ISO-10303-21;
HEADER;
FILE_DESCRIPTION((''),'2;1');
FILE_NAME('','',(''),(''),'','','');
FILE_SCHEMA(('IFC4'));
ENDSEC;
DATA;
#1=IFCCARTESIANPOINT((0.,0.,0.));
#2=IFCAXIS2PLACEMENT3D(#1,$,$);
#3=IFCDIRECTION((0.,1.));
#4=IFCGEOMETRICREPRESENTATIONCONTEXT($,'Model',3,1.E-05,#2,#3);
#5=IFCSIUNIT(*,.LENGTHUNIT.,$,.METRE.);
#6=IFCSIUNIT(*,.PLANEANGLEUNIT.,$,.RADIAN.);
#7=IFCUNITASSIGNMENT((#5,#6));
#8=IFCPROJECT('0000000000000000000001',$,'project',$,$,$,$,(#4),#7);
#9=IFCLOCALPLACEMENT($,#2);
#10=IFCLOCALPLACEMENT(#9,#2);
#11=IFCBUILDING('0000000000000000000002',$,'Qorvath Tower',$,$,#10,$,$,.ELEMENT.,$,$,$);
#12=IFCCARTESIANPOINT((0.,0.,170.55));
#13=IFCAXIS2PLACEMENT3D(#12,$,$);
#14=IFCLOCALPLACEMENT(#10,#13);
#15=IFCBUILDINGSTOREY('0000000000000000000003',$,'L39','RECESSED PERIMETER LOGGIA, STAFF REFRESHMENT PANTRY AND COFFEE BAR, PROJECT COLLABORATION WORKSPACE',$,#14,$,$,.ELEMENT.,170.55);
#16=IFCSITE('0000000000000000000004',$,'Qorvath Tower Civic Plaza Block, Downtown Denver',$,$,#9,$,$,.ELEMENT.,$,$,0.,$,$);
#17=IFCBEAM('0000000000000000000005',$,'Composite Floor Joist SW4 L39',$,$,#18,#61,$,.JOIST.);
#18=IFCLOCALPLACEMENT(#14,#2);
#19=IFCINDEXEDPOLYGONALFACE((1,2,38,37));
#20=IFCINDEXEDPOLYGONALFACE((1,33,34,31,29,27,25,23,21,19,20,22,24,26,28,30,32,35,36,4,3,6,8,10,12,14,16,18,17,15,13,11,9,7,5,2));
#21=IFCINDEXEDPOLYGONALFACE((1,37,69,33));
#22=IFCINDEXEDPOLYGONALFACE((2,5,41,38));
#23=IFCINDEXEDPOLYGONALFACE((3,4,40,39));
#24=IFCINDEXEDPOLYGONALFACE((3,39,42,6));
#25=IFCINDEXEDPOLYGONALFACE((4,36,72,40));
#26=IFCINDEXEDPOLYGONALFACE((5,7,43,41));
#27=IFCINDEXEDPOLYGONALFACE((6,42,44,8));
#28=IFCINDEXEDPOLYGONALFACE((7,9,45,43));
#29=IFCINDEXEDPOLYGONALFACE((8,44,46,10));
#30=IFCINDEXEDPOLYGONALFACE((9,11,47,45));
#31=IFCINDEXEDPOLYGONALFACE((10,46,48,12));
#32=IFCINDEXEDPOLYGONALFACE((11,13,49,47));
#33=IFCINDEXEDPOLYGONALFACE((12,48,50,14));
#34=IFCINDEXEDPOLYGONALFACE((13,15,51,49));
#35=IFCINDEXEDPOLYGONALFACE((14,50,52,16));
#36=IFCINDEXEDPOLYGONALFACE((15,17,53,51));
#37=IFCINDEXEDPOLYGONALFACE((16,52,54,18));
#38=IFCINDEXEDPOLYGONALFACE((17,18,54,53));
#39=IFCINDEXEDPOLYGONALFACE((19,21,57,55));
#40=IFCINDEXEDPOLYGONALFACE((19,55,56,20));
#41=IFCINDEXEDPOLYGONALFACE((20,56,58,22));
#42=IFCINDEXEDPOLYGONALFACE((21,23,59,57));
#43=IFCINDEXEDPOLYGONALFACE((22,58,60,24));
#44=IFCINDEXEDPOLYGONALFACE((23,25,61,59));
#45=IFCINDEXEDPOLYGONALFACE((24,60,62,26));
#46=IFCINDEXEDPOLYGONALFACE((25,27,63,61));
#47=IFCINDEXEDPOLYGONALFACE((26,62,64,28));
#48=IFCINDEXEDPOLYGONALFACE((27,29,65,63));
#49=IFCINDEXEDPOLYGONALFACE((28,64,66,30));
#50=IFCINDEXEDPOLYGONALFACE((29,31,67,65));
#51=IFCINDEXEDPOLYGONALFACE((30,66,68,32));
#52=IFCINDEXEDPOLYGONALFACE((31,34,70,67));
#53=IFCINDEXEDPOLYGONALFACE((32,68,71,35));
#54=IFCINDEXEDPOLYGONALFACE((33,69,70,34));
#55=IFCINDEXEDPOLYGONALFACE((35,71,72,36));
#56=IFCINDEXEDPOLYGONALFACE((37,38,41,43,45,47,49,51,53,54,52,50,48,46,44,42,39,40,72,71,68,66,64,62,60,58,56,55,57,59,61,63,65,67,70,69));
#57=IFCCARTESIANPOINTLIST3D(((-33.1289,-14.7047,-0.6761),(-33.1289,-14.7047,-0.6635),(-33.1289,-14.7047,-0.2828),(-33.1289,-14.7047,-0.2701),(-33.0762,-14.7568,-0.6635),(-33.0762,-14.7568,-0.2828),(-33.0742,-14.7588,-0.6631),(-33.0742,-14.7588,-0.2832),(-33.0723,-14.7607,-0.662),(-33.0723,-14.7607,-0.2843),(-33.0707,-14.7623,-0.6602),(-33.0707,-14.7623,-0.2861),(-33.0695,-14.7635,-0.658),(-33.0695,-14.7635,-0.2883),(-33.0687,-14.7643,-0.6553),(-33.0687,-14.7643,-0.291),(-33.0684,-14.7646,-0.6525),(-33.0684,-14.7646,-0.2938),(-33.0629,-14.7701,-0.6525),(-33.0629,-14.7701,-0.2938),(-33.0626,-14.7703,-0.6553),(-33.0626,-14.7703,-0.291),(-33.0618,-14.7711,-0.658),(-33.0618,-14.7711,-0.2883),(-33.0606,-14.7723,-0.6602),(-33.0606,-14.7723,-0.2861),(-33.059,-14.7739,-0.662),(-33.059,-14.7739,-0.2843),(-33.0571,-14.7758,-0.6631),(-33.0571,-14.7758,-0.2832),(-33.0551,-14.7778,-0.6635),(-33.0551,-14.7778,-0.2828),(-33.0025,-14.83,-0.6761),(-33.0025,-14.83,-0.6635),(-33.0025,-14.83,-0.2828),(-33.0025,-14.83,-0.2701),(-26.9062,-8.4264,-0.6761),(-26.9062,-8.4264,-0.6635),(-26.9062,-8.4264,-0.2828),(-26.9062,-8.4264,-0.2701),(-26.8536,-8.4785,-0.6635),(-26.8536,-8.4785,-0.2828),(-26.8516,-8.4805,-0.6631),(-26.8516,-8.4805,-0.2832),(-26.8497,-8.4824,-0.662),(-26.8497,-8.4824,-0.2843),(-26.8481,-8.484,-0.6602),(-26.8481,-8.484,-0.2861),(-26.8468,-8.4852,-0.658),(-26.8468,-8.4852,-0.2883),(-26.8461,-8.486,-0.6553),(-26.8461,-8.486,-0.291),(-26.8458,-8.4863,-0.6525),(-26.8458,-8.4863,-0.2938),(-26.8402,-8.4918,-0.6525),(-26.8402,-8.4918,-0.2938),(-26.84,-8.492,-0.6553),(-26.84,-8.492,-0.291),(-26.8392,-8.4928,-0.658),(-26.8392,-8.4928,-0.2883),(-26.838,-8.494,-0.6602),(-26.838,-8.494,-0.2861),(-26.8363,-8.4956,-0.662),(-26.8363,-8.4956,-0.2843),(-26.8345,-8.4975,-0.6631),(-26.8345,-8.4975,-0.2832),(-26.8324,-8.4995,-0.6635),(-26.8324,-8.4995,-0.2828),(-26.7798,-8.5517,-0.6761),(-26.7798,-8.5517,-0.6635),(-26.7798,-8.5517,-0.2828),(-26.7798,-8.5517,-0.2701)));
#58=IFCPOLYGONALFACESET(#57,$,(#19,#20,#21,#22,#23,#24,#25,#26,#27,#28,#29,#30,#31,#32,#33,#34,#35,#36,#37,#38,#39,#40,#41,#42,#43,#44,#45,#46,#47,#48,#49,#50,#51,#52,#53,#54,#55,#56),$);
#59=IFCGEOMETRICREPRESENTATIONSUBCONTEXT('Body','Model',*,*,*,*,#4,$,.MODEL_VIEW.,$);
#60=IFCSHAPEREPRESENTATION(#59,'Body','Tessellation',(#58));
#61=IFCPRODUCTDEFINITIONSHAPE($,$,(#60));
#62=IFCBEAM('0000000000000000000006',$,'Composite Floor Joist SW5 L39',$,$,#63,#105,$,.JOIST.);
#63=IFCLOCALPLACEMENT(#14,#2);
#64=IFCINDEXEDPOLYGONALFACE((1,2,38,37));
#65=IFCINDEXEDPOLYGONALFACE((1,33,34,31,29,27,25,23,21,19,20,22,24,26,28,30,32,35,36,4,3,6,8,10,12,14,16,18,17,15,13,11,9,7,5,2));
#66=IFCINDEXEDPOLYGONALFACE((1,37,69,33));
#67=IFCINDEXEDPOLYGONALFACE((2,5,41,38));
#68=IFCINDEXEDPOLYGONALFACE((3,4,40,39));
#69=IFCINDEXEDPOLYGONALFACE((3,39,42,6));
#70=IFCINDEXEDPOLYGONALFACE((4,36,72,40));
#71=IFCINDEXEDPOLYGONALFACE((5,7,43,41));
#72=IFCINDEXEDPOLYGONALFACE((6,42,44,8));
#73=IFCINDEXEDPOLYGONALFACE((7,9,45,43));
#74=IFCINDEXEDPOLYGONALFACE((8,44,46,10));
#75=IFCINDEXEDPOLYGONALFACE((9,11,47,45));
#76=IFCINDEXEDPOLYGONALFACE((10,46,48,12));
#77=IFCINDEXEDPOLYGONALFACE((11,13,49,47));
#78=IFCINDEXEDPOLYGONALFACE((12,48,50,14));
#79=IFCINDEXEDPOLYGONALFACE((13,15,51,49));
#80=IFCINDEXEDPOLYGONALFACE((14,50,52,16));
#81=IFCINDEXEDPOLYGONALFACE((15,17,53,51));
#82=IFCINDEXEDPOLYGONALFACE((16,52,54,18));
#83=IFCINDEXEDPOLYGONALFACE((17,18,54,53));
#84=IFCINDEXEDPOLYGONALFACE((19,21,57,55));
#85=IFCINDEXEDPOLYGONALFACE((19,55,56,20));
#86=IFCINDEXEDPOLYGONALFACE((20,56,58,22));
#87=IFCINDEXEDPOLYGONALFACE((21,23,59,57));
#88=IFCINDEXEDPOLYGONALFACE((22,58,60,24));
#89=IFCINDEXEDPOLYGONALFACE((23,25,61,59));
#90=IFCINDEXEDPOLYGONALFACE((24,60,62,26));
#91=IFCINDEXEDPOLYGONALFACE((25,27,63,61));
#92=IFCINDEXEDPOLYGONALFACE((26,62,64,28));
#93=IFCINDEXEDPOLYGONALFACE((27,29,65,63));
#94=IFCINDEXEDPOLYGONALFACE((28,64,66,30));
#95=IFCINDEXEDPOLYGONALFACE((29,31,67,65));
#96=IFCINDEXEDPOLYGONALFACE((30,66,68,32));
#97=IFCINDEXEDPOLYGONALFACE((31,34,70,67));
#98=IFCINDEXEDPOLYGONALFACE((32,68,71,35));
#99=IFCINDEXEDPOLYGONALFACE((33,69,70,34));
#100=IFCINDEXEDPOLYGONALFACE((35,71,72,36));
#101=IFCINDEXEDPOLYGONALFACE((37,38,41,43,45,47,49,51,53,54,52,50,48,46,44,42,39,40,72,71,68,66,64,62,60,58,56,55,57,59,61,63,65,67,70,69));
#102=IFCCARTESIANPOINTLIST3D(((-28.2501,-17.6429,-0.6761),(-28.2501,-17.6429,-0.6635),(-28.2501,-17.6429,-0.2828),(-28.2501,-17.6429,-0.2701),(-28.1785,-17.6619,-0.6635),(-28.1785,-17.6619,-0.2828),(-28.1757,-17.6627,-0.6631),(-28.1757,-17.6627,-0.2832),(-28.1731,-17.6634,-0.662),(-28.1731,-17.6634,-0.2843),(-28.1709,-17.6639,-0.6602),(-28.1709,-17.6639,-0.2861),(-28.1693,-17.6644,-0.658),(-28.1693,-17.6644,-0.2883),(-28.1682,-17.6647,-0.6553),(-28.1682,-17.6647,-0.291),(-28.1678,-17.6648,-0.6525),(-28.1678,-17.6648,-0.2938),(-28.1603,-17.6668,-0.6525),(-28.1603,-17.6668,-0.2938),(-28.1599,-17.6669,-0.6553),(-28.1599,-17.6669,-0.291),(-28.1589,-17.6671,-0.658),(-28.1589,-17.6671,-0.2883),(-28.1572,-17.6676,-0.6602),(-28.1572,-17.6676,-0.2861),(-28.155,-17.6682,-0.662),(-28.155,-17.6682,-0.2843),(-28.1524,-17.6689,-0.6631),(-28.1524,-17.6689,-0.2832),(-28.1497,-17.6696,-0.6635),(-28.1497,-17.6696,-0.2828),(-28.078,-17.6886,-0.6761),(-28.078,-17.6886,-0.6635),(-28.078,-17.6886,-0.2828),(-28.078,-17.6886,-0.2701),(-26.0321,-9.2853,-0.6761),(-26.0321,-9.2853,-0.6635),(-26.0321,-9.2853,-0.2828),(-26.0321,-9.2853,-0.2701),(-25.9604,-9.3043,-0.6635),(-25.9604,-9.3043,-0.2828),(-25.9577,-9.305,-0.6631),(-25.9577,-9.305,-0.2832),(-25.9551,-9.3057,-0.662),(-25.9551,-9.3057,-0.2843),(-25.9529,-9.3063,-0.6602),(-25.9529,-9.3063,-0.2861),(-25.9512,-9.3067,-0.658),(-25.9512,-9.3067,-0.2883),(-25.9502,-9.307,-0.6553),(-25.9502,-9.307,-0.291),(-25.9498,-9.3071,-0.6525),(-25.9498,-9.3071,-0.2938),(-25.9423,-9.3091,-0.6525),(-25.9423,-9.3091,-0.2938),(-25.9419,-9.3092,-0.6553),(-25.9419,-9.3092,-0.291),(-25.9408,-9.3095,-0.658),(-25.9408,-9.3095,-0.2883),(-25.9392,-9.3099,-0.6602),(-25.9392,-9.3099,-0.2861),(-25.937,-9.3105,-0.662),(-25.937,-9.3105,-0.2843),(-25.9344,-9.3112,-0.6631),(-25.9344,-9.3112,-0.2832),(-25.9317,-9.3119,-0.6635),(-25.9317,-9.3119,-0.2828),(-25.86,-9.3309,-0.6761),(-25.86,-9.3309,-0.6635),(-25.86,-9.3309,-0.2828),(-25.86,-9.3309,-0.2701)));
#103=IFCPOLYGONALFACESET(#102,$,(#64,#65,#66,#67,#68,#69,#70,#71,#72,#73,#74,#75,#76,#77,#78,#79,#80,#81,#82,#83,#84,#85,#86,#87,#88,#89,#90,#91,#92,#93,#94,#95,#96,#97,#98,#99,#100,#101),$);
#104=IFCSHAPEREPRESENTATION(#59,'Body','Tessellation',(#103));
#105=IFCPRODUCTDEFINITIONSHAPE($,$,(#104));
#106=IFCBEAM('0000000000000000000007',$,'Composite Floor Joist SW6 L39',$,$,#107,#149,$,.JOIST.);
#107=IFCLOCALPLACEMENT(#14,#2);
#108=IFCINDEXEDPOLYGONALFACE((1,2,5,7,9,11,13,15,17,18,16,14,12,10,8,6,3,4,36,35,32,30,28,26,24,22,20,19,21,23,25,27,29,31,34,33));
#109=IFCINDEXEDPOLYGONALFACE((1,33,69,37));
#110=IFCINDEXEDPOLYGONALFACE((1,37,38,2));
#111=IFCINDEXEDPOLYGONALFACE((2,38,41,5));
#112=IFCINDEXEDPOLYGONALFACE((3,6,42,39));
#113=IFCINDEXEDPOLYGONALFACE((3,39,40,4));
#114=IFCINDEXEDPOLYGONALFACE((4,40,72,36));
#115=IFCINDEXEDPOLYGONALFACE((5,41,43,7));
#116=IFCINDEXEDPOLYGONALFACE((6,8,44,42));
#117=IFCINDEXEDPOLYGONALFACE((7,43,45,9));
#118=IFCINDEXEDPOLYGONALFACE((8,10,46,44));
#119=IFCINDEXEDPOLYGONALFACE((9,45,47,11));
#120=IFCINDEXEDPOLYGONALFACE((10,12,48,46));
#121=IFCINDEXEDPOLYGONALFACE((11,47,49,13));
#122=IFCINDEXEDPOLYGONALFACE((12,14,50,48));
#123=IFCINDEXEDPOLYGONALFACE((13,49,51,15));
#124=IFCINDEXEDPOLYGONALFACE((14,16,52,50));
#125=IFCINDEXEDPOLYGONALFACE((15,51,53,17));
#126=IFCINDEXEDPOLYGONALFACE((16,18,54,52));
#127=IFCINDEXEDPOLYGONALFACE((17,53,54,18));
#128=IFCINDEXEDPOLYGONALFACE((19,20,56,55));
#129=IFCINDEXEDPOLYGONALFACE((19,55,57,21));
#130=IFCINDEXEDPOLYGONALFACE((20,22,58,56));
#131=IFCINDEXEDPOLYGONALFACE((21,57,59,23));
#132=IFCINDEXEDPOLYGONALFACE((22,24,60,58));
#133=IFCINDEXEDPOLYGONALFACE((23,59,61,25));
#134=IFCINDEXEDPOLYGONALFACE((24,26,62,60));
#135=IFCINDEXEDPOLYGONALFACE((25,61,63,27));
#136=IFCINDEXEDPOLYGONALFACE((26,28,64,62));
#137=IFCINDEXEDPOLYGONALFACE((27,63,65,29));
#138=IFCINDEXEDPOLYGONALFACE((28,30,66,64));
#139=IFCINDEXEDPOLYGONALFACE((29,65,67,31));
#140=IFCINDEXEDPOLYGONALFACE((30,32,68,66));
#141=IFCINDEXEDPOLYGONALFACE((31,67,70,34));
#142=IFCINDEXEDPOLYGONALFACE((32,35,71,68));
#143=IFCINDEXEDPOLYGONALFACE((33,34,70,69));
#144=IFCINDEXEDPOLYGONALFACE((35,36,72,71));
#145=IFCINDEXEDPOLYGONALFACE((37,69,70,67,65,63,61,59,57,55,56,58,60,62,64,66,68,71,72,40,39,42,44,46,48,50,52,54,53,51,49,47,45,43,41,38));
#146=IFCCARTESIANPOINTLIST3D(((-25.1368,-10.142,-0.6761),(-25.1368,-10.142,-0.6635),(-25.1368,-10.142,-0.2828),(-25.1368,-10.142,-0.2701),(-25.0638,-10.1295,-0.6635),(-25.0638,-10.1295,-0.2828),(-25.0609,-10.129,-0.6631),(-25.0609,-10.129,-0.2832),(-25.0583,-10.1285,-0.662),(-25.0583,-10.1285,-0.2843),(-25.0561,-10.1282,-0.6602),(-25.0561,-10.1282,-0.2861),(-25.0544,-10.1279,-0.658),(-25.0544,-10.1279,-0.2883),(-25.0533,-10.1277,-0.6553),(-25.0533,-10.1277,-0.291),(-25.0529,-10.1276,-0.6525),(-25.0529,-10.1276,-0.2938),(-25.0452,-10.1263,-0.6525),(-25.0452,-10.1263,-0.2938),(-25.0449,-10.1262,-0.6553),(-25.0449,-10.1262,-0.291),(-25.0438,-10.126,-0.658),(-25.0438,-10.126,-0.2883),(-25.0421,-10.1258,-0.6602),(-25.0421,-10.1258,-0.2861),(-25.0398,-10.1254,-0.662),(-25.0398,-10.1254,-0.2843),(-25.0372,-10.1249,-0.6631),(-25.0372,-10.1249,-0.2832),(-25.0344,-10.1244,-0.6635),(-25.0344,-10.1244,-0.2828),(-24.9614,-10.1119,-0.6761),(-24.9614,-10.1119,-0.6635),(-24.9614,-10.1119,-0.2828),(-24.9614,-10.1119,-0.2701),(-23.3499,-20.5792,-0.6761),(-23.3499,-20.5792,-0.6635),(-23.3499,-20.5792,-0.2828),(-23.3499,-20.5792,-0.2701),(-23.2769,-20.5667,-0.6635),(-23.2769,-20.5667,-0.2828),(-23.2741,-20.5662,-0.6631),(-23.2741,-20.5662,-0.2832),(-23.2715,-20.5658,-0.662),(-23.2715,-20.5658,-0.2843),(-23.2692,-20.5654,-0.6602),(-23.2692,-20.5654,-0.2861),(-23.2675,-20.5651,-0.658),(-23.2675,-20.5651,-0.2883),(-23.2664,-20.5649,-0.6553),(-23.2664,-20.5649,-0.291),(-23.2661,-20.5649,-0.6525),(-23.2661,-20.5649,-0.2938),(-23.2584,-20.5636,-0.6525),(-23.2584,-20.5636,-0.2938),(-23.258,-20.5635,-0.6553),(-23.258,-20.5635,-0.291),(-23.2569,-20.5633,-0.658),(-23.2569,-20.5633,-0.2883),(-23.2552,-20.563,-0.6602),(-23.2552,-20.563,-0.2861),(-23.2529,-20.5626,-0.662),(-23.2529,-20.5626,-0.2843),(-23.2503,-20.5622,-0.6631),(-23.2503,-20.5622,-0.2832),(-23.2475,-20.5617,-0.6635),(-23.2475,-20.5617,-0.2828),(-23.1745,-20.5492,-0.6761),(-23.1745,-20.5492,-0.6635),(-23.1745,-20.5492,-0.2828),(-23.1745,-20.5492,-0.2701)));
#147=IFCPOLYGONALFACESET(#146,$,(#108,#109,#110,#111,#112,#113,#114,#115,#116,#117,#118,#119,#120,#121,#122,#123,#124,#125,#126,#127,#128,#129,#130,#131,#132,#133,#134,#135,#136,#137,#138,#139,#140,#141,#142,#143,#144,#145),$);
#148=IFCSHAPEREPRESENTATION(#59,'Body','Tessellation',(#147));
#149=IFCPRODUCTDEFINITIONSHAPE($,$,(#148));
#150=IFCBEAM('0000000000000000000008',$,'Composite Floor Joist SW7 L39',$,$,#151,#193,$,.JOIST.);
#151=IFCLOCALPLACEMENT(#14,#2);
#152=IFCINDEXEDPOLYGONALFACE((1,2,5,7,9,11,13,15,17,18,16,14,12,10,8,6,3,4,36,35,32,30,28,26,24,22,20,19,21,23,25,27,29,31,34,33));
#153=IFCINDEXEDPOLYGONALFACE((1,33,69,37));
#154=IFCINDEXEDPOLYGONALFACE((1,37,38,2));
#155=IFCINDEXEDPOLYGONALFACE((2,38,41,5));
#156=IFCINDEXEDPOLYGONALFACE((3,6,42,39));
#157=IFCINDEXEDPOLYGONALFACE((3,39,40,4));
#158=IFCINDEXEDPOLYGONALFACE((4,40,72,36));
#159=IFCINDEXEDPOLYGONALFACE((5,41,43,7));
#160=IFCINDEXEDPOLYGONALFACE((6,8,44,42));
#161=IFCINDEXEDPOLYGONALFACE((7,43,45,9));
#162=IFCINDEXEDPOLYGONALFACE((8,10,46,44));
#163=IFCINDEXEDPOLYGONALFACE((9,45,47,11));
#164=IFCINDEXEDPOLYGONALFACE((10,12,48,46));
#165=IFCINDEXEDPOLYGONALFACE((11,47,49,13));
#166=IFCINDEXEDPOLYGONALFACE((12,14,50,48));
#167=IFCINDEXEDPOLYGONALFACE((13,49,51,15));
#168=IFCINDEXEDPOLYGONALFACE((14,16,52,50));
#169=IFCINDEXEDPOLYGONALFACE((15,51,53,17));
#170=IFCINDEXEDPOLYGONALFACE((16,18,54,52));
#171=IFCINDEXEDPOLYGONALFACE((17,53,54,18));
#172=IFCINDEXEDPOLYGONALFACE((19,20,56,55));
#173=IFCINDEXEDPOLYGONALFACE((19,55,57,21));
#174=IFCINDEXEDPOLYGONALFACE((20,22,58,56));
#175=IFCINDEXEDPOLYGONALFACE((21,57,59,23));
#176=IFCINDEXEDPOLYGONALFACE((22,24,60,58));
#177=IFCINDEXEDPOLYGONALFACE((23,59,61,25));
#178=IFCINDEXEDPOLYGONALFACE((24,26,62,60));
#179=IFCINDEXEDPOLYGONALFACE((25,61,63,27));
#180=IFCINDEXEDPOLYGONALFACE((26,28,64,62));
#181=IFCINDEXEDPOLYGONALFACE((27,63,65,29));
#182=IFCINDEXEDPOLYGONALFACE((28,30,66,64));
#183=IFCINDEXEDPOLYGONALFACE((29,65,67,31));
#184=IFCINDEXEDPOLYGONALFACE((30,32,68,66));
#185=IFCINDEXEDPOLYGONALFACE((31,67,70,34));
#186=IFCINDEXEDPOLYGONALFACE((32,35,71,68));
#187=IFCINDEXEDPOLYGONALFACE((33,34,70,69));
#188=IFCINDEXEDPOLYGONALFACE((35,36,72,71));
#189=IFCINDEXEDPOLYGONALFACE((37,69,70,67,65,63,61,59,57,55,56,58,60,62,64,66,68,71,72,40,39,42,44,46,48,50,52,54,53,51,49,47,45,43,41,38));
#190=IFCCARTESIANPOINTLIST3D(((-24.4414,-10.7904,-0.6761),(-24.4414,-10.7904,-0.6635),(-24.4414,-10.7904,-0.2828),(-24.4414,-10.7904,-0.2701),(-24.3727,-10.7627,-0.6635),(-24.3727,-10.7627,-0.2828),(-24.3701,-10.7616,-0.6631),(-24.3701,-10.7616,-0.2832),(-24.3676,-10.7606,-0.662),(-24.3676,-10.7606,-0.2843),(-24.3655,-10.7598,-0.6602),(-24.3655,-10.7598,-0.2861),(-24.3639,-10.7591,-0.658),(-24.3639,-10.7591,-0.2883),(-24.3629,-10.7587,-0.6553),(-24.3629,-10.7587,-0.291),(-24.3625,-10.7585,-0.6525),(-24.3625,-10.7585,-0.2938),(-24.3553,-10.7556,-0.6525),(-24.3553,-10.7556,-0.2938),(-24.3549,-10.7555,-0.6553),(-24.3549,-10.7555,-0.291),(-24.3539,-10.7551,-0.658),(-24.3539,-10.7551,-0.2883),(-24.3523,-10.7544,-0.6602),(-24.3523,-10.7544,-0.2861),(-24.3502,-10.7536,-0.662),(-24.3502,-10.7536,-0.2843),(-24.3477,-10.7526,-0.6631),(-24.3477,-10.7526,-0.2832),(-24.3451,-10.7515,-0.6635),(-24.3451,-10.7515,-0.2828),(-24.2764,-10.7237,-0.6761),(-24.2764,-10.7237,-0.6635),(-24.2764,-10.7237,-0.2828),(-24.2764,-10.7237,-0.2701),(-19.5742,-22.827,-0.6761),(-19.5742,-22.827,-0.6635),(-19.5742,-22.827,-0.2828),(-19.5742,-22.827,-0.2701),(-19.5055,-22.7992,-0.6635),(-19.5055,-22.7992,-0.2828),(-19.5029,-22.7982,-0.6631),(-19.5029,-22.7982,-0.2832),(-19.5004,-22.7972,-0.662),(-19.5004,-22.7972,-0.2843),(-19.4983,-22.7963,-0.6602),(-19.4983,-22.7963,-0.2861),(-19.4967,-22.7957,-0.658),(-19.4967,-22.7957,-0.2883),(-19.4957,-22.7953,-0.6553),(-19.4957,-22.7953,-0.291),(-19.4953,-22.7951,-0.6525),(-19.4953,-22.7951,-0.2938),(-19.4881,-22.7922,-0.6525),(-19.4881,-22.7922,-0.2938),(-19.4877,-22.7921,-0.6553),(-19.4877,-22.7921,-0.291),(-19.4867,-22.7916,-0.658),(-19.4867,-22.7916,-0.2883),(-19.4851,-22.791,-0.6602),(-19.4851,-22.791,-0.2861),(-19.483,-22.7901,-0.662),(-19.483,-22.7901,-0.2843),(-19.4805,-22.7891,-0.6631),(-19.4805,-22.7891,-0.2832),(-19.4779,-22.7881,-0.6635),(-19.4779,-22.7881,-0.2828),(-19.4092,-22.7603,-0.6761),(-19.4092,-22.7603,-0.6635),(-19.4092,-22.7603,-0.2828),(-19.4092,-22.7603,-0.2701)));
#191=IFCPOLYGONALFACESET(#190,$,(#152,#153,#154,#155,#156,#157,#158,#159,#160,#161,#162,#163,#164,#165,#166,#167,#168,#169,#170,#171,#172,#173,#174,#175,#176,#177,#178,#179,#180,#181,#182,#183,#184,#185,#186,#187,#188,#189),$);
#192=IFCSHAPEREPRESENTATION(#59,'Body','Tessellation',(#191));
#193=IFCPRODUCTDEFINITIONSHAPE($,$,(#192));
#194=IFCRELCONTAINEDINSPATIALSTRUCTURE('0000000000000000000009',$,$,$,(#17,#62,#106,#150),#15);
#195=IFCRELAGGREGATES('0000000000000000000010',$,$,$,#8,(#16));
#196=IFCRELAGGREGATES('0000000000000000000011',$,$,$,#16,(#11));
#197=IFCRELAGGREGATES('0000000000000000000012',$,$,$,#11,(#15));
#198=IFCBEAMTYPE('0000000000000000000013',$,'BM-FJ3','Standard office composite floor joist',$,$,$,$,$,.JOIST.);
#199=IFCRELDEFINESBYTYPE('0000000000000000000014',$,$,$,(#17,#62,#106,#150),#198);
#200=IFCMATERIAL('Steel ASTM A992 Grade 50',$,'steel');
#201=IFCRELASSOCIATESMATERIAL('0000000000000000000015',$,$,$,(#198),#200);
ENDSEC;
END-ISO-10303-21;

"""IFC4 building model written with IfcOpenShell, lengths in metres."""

from ifc_helpers import new_model, si_unit, direction, frame, origin, origin_2d, place, context, subcontext, project, spatial, i_section, extrude, material, material_profile, profile_set, type_object, element, save


model = new_model("IFC4")

# Units and contexts
model_context = context("Model", 3, precision=1e-05, world=origin(), true_north=direction((0.0, 1.0)))
body_context = subcontext(model_context, "Body", "Model", "MODEL_VIEW")
ifc_project = project(units=[si_unit("LENGTHUNIT", "METRE"), si_unit("PLANEANGLEUNIT", "RADIAN")], contexts=[model_context])

# Site, building, storey
site_placement = place(None, origin())
site = spatial("IfcSite", under=ifc_project, at=site_placement, Name="Qorvath Tower Civic Plaza Block, Downtown Denver", CompositionType="ELEMENT", RefElevation=0.0)
building_placement = place(site_placement, origin())
building = spatial("IfcBuilding", under=site, at=building_placement, Name="Qorvath Tower", CompositionType="ELEMENT")
storey_placement = place(building_placement, frame((0.0, 0.0, 170.55)))
storey = spatial("IfcBuildingStorey", under=building, at=storey_placement, Name="L39", Description="RECESSED PERIMETER LOGGIA, STAFF REFRESHMENT PANTRY AND COFFEE BAR, PROJECT COLLABORATION WORKSPACE", CompositionType="ELEMENT", Elevation=170.55)

# Beams
ifc_material_1 = material(Name="Steel ASTM A992 Grade 50", Category="steel")
ifc_material_profile_1 = material_profile(ifc_material_1, i_section(OverallWidth=0.178, OverallDepth=0.406, WebThickness=0.0078, FlangeThickness=0.0127, FilletRadius=0.011, at=origin_2d()), Name="W16x40")
ifc_profile_set_1 = profile_set([ifc_material_profile_1], Name="Steel ASTM A992 Grade 50")
beam_type_1 = type_object("IfcBeamType", Name="BM-FJ3", Description="Standard office composite floor joist", PredefinedType="JOIST", material=ifc_profile_set_1)
beam_1_placement = place(storey_placement, frame((-26.843, -8.489, -0.4731), z_axis=(-0.703951, -0.710248, 0.0), x_axis=(0.710248, -0.703951, 0.0)))
element("IfcBeam", 1, at=beam_1_placement, inside=storey, type_object=beam_type_1, Name="Composite Floor Joist SW4 L39", PredefinedType="JOIST", context=body_context, shape_type="SweptSolid", body=[
    extrude(i_section(OverallWidth=0.178, OverallDepth=0.406, WebThickness=0.0078, FlangeThickness=0.0127, FilletRadius=0.011, at=origin_2d()), origin(), (0.0, 0.0, 1.0), 8.8396),
])
beam_2_placement = place(storey_placement, frame((-25.946, -9.3081, -0.4731), z_axis=(-0.256508, -0.966542, 0.0), x_axis=(0.966542, -0.256508, 0.0)))
element("IfcBeam", 2, at=beam_2_placement, inside=storey, type_object=beam_type_1, Name="Composite Floor Joist SW5 L39", PredefinedType="JOIST", context=body_context, shape_type="SweptSolid", body=[
    extrude(i_section(OverallWidth=0.178, OverallDepth=0.406, WebThickness=0.0078, FlangeThickness=0.0127, FilletRadius=0.011, at=origin_2d()), origin(), (0.0, 0.0, 1.0), 8.647),
])
beam_3_placement = place(storey_placement, frame((-25.0491, -10.127, -0.4731), z_axis=(0.168746, -0.98566, 0.0), x_axis=(0.98566, 0.168746, 0.0)))
element("IfcBeam", 3, at=beam_3_placement, inside=storey, type_object=beam_type_1, Name="Composite Floor Joist SW6 L39", PredefinedType="JOIST", context=body_context, shape_type="SweptSolid", body=[
    extrude(i_section(OverallWidth=0.178, OverallDepth=0.406, WebThickness=0.0078, FlangeThickness=0.0127, FilletRadius=0.011, at=origin_2d()), origin(), (0.0, 0.0, 1.0), 10.5891),
])
beam_4_placement = place(storey_placement, frame((-24.3589, -10.7571, -0.4731), z_axis=(0.374877, -0.927075, 0.0), x_axis=(0.927075, 0.374877, 0.0)))
element("IfcBeam", 4, at=beam_4_placement, inside=storey, type_object=beam_type_1, Name="Composite Floor Joist SW7 L39", PredefinedType="JOIST", context=body_context, shape_type="SweptSolid", body=[
    extrude(i_section(OverallWidth=0.178, OverallDepth=0.406, WebThickness=0.0078, FlangeThickness=0.0127, FilletRadius=0.011, at=origin_2d()), origin(), (0.0, 0.0, 1.0), 12.9834),
])

save(model, "model.ifc")
